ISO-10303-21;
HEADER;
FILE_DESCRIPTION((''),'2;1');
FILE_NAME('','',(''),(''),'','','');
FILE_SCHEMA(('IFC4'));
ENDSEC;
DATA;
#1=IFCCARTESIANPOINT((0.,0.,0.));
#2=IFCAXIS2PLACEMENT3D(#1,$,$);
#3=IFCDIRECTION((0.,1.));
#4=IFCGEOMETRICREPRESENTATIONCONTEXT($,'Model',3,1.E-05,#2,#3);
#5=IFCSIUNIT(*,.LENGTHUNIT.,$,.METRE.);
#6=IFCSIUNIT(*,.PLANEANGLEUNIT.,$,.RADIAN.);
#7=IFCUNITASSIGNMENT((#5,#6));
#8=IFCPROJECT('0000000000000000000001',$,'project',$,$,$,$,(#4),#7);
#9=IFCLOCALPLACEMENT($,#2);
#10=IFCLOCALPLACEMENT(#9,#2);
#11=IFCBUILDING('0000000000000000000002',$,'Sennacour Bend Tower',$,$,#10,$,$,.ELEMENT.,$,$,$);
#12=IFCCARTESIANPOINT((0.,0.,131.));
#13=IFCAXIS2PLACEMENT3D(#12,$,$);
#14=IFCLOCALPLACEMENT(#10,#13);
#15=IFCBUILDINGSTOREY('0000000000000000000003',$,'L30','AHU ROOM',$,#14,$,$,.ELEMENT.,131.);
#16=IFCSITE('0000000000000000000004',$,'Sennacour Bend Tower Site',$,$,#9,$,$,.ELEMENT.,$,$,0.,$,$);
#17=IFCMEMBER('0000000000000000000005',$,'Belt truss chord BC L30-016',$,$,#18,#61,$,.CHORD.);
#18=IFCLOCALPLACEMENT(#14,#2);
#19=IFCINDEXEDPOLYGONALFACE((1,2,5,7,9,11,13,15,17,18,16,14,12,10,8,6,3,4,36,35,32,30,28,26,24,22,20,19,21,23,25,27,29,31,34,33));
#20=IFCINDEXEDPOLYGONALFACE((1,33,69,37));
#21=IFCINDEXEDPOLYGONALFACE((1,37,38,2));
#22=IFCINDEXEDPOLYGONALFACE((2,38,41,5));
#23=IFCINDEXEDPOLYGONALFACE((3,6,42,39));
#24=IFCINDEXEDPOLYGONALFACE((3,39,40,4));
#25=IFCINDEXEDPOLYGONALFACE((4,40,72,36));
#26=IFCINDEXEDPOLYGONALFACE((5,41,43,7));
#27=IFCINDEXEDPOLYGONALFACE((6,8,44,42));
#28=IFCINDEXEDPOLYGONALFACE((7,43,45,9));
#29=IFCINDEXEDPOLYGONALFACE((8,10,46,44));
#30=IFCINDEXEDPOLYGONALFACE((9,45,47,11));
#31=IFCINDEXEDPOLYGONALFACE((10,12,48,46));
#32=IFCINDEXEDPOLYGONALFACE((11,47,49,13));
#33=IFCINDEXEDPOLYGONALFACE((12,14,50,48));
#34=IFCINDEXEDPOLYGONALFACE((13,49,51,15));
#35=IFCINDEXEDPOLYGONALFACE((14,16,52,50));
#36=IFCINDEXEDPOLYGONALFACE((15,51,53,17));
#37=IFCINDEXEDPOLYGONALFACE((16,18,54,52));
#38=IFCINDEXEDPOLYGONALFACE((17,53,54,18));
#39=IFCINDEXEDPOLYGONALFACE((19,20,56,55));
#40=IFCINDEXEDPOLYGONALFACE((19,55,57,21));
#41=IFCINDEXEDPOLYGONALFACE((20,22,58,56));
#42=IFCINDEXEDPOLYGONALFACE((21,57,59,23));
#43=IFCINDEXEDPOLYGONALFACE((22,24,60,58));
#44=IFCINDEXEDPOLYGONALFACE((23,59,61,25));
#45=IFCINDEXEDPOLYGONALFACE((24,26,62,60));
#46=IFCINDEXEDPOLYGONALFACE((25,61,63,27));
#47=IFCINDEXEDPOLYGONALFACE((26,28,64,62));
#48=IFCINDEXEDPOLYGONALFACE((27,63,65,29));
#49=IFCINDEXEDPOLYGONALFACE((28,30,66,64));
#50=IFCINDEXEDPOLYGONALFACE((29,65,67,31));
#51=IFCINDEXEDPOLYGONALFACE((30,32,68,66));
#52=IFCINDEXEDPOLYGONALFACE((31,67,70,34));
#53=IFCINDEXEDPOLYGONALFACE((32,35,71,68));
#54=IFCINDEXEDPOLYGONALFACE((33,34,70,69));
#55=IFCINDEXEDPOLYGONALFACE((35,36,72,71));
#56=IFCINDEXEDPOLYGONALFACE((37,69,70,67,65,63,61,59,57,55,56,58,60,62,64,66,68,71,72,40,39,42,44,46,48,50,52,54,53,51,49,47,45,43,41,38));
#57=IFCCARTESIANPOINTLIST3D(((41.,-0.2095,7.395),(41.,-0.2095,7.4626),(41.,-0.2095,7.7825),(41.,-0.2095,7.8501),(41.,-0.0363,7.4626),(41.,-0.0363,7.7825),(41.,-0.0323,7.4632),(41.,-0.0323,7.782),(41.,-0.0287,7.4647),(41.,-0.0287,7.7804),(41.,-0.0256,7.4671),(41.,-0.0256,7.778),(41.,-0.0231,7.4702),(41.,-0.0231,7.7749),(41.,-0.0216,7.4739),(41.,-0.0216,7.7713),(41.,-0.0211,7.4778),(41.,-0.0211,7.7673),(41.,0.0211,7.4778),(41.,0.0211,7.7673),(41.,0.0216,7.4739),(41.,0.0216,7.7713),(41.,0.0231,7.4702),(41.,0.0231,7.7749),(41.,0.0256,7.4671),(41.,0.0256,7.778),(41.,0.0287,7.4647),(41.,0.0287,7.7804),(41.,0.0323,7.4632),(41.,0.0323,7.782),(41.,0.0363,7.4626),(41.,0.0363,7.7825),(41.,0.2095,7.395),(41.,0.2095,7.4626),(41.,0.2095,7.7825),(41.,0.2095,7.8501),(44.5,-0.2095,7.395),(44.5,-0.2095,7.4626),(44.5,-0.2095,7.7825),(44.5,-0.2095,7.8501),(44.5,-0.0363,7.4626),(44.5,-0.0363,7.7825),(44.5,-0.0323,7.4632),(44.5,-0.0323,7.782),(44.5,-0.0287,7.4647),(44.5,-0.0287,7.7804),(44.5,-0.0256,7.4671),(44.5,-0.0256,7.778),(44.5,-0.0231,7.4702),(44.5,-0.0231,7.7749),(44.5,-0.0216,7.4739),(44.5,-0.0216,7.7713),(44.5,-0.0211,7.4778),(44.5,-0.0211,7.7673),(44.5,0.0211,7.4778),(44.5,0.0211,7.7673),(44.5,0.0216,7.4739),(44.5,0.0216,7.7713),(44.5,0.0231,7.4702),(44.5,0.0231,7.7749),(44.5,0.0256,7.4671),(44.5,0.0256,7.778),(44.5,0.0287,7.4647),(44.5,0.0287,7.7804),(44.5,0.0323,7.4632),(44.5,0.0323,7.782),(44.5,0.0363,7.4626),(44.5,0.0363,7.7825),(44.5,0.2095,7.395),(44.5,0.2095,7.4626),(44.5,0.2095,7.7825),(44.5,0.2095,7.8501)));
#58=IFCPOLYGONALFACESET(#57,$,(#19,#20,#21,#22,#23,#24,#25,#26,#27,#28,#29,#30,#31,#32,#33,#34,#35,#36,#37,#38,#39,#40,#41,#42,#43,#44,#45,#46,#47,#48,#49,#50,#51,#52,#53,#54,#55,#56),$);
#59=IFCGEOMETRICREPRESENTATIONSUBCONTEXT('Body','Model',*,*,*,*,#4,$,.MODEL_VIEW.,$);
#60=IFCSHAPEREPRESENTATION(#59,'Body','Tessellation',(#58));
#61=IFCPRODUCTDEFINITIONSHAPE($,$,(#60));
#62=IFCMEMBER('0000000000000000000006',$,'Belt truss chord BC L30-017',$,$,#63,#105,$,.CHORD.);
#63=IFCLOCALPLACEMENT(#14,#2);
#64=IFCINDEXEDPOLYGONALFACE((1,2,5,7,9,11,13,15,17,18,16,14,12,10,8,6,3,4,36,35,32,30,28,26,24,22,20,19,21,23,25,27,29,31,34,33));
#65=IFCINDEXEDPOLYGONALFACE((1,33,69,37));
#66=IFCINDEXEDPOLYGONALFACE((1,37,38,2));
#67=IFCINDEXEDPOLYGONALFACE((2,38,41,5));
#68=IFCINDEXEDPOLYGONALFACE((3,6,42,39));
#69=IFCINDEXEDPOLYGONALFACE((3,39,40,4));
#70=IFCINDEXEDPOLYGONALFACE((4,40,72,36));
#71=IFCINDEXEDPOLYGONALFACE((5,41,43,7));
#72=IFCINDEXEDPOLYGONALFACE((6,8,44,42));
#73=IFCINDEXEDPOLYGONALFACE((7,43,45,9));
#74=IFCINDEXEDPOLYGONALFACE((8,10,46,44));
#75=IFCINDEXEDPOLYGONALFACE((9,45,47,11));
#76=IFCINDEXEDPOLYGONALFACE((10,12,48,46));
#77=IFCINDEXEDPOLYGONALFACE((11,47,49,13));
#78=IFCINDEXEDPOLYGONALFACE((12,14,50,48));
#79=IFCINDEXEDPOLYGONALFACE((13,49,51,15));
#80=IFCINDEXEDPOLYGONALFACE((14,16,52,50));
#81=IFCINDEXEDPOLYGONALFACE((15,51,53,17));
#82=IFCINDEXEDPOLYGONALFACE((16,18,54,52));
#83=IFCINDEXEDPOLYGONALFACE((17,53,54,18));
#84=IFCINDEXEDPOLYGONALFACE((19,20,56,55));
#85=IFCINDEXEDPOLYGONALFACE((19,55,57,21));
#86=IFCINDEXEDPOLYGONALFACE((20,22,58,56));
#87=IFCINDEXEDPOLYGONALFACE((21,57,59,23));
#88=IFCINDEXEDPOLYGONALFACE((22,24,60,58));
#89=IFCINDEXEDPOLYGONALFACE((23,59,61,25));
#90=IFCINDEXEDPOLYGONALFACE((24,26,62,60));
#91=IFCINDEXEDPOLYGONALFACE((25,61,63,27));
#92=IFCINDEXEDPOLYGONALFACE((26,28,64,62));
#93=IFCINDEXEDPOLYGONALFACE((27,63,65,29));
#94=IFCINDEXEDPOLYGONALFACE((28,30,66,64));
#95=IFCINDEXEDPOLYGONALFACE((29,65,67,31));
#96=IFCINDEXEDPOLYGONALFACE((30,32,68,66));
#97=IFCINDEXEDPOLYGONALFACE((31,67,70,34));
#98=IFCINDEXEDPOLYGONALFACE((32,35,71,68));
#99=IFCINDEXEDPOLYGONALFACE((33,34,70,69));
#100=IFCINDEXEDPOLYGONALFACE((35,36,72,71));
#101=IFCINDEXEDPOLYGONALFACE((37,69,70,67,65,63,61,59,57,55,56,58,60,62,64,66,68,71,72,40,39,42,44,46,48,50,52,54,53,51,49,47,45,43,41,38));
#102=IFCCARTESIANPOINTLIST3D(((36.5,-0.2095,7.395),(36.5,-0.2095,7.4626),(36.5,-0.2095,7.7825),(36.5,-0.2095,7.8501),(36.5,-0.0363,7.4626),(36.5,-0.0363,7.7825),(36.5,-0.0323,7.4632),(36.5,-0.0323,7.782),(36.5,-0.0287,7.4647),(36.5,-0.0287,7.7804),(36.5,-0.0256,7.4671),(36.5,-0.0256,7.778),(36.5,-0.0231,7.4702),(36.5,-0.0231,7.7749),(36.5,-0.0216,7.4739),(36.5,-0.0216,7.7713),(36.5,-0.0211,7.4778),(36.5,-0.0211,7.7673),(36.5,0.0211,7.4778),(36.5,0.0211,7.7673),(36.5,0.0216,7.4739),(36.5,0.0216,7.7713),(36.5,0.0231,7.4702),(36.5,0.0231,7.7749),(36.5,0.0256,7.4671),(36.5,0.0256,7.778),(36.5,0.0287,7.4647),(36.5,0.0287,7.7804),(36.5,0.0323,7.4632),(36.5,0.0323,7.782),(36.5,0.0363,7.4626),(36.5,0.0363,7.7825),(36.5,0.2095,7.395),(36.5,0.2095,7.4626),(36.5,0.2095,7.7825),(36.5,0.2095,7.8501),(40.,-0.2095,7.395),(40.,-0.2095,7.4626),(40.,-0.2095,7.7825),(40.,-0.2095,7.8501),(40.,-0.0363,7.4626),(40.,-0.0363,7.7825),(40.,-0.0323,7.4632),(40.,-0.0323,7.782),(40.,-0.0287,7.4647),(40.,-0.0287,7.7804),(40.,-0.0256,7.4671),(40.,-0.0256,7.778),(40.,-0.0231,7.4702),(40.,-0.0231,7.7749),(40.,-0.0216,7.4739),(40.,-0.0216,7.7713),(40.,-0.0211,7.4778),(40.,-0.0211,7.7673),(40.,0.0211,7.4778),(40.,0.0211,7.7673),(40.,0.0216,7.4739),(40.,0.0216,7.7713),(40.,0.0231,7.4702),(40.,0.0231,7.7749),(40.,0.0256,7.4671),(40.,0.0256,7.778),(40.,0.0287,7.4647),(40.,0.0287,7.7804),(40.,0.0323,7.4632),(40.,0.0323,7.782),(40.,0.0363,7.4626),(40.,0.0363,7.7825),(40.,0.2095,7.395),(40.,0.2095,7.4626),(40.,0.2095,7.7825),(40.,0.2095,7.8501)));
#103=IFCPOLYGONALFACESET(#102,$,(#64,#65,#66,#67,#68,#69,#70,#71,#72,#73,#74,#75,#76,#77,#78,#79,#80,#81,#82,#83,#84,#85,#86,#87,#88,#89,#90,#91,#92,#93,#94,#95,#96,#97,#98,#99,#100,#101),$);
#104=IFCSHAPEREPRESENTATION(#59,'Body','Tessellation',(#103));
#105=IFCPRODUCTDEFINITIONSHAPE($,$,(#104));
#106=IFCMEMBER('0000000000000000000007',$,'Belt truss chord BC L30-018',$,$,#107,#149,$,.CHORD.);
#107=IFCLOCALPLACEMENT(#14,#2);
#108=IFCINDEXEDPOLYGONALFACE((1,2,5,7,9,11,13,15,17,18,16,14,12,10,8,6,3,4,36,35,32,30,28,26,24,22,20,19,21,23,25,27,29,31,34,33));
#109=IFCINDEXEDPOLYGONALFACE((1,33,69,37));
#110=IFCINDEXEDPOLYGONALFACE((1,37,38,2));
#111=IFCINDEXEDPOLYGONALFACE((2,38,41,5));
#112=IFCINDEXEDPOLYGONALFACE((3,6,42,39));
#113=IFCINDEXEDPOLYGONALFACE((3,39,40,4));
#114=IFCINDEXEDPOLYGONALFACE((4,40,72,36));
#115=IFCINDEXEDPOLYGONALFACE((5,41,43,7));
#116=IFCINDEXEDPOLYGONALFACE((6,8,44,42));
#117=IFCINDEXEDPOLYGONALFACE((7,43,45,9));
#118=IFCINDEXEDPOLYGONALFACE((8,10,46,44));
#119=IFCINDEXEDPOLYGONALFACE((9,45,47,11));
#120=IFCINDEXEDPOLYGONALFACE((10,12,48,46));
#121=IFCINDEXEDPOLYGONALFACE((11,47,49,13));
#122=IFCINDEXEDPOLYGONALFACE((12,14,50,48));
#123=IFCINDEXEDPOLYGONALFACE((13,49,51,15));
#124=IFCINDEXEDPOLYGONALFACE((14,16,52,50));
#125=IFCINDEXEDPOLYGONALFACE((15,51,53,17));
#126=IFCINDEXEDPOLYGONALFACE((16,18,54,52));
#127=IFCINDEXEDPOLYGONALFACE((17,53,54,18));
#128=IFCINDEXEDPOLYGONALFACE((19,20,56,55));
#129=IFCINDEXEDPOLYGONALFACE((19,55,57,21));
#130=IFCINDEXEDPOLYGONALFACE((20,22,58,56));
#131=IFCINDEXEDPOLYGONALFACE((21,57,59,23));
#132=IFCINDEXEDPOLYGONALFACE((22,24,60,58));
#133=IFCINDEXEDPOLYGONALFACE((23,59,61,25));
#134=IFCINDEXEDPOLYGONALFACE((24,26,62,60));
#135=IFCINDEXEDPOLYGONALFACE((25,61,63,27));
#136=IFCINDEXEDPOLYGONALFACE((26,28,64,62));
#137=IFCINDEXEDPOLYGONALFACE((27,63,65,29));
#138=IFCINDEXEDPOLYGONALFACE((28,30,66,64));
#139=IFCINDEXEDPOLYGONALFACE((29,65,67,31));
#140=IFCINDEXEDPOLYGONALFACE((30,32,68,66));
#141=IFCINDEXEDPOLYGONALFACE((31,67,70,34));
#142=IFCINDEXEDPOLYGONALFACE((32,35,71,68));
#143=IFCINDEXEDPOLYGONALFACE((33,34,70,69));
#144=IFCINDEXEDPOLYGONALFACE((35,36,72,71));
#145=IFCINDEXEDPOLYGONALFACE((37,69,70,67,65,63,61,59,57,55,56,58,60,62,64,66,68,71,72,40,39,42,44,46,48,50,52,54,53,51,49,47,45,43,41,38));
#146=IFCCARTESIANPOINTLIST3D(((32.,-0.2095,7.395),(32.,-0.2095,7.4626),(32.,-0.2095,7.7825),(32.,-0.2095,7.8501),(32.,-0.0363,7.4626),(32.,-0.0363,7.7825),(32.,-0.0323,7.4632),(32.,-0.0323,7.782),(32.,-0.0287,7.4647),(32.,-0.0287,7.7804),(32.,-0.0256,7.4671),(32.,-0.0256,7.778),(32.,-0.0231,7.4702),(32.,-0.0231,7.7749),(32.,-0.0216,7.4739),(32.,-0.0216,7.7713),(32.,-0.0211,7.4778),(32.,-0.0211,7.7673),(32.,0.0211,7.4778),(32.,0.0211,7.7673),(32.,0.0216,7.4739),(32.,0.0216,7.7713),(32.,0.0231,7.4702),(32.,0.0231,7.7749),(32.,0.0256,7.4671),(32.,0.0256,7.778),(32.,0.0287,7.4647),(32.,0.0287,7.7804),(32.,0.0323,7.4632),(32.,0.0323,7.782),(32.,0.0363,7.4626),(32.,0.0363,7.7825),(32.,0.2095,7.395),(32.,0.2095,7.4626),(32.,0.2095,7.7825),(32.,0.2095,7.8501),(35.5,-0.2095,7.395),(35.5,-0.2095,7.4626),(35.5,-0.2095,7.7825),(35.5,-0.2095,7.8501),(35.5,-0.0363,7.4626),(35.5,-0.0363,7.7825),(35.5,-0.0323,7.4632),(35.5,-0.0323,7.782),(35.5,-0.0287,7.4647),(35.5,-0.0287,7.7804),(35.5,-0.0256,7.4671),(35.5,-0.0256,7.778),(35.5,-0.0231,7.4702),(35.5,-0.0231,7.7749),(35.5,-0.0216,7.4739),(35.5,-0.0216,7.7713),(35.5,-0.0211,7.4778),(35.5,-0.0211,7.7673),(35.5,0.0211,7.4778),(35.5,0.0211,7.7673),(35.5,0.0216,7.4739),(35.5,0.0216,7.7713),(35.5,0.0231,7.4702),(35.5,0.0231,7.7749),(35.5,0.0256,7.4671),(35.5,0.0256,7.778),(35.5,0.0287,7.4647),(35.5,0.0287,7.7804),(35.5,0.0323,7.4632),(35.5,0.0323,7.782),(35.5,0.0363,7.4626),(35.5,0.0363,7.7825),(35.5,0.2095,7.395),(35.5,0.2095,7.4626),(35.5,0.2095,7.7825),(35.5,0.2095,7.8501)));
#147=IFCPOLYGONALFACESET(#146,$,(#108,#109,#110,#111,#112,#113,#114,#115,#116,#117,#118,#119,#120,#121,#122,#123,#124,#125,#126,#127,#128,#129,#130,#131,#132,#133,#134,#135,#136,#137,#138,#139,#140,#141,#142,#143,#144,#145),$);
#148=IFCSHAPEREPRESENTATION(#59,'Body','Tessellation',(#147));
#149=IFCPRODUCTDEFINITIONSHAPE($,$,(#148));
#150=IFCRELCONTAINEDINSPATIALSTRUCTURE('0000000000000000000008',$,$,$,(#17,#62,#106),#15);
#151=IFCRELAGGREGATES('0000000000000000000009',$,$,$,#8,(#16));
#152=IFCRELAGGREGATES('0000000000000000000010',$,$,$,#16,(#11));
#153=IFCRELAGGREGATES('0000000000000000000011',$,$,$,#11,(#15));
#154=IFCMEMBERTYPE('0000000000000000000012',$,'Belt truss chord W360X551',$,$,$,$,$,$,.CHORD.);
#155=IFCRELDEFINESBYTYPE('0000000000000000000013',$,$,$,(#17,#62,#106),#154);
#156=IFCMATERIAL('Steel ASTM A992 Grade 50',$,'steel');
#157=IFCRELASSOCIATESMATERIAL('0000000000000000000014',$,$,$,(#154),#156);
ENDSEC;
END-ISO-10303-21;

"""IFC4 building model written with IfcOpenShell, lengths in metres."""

from ifc_helpers import new_model, si_unit, direction, frame, origin, origin_2d, place, context, subcontext, project, spatial, i_section, extrude, material, material_profile, profile_set, type_object, element, save


model = new_model("IFC4")

# Units and contexts
model_context = context("Model", 3, precision=1e-05, world=origin(), true_north=direction((0.0, 1.0)))
body_context = subcontext(model_context, "Body", "Model", "MODEL_VIEW")
ifc_project = project(units=[si_unit("LENGTHUNIT", "METRE"), si_unit("PLANEANGLEUNIT", "RADIAN")], contexts=[model_context])

# Site, building, storey
site_placement = place(None, origin())
site = spatial("IfcSite", under=ifc_project, at=site_placement, Name="Sennacour Bend Tower Site", CompositionType="ELEMENT", RefElevation=0.0)
building_placement = place(site_placement, origin())
building = spatial("IfcBuilding", under=site, at=building_placement, Name="Sennacour Bend Tower", CompositionType="ELEMENT")
storey_placement = place(building_placement, frame((0.0, 0.0, 131.0)))
storey = spatial("IfcBuildingStorey", under=building, at=storey_placement, Name="L30", Description="AHU ROOM", CompositionType="ELEMENT", Elevation=131.0)

# Members
ifc_material_1 = material(Name="Steel ASTM A992 Grade 50", Category="steel")
ifc_material_profile_1 = material_profile(ifc_material_1, i_section(OverallWidth=0.4189, OverallDepth=0.4551, WebThickness=0.0422, FlangeThickness=0.0676, FilletRadius=0.0151, at=origin_2d()), Name="Steel ASTM A992 Grade 50", Category="steel")
ifc_profile_set_1 = profile_set([ifc_material_profile_1], Name="Steel ASTM A992 Grade 50")
member_type_1 = type_object("IfcMemberType", Name="Belt truss chord W360X551", PredefinedType="CHORD", material=ifc_profile_set_1)
for number, where, z_axis, x_axis, name in (
    (1, (44.5, 0.0, 7.6226), (-1.0, 0.0, 0.0), (0.0, -1.0, 0.0), "Belt truss chord BC L30-016"),
    (2, (40.0, 0.0, 7.6226), (-1.0, 0.0, 0.0), (0.0, -1.0, 0.0), "Belt truss chord BC L30-017"),
    (3, (35.5, 0.0, 7.6226), (-1.0, 0.0, 0.0), (0.0, -1.0, 0.0), "Belt truss chord BC L30-018"),
):
    element("IfcMember", number, at=place(storey_placement, frame(where, z_axis=z_axis, x_axis=x_axis)), inside=storey, type_object=member_type_1, Name=name, PredefinedType="CHORD", context=body_context, shape_type="SweptSolid", body=[
        extrude(i_section(OverallWidth=0.4189, OverallDepth=0.4551, WebThickness=0.0422, FlangeThickness=0.0676, FilletRadius=0.0151, at=origin_2d()), origin(), (0.0, 0.0, 1.0), 3.5),
    ])

save(model, "model.ifc")
